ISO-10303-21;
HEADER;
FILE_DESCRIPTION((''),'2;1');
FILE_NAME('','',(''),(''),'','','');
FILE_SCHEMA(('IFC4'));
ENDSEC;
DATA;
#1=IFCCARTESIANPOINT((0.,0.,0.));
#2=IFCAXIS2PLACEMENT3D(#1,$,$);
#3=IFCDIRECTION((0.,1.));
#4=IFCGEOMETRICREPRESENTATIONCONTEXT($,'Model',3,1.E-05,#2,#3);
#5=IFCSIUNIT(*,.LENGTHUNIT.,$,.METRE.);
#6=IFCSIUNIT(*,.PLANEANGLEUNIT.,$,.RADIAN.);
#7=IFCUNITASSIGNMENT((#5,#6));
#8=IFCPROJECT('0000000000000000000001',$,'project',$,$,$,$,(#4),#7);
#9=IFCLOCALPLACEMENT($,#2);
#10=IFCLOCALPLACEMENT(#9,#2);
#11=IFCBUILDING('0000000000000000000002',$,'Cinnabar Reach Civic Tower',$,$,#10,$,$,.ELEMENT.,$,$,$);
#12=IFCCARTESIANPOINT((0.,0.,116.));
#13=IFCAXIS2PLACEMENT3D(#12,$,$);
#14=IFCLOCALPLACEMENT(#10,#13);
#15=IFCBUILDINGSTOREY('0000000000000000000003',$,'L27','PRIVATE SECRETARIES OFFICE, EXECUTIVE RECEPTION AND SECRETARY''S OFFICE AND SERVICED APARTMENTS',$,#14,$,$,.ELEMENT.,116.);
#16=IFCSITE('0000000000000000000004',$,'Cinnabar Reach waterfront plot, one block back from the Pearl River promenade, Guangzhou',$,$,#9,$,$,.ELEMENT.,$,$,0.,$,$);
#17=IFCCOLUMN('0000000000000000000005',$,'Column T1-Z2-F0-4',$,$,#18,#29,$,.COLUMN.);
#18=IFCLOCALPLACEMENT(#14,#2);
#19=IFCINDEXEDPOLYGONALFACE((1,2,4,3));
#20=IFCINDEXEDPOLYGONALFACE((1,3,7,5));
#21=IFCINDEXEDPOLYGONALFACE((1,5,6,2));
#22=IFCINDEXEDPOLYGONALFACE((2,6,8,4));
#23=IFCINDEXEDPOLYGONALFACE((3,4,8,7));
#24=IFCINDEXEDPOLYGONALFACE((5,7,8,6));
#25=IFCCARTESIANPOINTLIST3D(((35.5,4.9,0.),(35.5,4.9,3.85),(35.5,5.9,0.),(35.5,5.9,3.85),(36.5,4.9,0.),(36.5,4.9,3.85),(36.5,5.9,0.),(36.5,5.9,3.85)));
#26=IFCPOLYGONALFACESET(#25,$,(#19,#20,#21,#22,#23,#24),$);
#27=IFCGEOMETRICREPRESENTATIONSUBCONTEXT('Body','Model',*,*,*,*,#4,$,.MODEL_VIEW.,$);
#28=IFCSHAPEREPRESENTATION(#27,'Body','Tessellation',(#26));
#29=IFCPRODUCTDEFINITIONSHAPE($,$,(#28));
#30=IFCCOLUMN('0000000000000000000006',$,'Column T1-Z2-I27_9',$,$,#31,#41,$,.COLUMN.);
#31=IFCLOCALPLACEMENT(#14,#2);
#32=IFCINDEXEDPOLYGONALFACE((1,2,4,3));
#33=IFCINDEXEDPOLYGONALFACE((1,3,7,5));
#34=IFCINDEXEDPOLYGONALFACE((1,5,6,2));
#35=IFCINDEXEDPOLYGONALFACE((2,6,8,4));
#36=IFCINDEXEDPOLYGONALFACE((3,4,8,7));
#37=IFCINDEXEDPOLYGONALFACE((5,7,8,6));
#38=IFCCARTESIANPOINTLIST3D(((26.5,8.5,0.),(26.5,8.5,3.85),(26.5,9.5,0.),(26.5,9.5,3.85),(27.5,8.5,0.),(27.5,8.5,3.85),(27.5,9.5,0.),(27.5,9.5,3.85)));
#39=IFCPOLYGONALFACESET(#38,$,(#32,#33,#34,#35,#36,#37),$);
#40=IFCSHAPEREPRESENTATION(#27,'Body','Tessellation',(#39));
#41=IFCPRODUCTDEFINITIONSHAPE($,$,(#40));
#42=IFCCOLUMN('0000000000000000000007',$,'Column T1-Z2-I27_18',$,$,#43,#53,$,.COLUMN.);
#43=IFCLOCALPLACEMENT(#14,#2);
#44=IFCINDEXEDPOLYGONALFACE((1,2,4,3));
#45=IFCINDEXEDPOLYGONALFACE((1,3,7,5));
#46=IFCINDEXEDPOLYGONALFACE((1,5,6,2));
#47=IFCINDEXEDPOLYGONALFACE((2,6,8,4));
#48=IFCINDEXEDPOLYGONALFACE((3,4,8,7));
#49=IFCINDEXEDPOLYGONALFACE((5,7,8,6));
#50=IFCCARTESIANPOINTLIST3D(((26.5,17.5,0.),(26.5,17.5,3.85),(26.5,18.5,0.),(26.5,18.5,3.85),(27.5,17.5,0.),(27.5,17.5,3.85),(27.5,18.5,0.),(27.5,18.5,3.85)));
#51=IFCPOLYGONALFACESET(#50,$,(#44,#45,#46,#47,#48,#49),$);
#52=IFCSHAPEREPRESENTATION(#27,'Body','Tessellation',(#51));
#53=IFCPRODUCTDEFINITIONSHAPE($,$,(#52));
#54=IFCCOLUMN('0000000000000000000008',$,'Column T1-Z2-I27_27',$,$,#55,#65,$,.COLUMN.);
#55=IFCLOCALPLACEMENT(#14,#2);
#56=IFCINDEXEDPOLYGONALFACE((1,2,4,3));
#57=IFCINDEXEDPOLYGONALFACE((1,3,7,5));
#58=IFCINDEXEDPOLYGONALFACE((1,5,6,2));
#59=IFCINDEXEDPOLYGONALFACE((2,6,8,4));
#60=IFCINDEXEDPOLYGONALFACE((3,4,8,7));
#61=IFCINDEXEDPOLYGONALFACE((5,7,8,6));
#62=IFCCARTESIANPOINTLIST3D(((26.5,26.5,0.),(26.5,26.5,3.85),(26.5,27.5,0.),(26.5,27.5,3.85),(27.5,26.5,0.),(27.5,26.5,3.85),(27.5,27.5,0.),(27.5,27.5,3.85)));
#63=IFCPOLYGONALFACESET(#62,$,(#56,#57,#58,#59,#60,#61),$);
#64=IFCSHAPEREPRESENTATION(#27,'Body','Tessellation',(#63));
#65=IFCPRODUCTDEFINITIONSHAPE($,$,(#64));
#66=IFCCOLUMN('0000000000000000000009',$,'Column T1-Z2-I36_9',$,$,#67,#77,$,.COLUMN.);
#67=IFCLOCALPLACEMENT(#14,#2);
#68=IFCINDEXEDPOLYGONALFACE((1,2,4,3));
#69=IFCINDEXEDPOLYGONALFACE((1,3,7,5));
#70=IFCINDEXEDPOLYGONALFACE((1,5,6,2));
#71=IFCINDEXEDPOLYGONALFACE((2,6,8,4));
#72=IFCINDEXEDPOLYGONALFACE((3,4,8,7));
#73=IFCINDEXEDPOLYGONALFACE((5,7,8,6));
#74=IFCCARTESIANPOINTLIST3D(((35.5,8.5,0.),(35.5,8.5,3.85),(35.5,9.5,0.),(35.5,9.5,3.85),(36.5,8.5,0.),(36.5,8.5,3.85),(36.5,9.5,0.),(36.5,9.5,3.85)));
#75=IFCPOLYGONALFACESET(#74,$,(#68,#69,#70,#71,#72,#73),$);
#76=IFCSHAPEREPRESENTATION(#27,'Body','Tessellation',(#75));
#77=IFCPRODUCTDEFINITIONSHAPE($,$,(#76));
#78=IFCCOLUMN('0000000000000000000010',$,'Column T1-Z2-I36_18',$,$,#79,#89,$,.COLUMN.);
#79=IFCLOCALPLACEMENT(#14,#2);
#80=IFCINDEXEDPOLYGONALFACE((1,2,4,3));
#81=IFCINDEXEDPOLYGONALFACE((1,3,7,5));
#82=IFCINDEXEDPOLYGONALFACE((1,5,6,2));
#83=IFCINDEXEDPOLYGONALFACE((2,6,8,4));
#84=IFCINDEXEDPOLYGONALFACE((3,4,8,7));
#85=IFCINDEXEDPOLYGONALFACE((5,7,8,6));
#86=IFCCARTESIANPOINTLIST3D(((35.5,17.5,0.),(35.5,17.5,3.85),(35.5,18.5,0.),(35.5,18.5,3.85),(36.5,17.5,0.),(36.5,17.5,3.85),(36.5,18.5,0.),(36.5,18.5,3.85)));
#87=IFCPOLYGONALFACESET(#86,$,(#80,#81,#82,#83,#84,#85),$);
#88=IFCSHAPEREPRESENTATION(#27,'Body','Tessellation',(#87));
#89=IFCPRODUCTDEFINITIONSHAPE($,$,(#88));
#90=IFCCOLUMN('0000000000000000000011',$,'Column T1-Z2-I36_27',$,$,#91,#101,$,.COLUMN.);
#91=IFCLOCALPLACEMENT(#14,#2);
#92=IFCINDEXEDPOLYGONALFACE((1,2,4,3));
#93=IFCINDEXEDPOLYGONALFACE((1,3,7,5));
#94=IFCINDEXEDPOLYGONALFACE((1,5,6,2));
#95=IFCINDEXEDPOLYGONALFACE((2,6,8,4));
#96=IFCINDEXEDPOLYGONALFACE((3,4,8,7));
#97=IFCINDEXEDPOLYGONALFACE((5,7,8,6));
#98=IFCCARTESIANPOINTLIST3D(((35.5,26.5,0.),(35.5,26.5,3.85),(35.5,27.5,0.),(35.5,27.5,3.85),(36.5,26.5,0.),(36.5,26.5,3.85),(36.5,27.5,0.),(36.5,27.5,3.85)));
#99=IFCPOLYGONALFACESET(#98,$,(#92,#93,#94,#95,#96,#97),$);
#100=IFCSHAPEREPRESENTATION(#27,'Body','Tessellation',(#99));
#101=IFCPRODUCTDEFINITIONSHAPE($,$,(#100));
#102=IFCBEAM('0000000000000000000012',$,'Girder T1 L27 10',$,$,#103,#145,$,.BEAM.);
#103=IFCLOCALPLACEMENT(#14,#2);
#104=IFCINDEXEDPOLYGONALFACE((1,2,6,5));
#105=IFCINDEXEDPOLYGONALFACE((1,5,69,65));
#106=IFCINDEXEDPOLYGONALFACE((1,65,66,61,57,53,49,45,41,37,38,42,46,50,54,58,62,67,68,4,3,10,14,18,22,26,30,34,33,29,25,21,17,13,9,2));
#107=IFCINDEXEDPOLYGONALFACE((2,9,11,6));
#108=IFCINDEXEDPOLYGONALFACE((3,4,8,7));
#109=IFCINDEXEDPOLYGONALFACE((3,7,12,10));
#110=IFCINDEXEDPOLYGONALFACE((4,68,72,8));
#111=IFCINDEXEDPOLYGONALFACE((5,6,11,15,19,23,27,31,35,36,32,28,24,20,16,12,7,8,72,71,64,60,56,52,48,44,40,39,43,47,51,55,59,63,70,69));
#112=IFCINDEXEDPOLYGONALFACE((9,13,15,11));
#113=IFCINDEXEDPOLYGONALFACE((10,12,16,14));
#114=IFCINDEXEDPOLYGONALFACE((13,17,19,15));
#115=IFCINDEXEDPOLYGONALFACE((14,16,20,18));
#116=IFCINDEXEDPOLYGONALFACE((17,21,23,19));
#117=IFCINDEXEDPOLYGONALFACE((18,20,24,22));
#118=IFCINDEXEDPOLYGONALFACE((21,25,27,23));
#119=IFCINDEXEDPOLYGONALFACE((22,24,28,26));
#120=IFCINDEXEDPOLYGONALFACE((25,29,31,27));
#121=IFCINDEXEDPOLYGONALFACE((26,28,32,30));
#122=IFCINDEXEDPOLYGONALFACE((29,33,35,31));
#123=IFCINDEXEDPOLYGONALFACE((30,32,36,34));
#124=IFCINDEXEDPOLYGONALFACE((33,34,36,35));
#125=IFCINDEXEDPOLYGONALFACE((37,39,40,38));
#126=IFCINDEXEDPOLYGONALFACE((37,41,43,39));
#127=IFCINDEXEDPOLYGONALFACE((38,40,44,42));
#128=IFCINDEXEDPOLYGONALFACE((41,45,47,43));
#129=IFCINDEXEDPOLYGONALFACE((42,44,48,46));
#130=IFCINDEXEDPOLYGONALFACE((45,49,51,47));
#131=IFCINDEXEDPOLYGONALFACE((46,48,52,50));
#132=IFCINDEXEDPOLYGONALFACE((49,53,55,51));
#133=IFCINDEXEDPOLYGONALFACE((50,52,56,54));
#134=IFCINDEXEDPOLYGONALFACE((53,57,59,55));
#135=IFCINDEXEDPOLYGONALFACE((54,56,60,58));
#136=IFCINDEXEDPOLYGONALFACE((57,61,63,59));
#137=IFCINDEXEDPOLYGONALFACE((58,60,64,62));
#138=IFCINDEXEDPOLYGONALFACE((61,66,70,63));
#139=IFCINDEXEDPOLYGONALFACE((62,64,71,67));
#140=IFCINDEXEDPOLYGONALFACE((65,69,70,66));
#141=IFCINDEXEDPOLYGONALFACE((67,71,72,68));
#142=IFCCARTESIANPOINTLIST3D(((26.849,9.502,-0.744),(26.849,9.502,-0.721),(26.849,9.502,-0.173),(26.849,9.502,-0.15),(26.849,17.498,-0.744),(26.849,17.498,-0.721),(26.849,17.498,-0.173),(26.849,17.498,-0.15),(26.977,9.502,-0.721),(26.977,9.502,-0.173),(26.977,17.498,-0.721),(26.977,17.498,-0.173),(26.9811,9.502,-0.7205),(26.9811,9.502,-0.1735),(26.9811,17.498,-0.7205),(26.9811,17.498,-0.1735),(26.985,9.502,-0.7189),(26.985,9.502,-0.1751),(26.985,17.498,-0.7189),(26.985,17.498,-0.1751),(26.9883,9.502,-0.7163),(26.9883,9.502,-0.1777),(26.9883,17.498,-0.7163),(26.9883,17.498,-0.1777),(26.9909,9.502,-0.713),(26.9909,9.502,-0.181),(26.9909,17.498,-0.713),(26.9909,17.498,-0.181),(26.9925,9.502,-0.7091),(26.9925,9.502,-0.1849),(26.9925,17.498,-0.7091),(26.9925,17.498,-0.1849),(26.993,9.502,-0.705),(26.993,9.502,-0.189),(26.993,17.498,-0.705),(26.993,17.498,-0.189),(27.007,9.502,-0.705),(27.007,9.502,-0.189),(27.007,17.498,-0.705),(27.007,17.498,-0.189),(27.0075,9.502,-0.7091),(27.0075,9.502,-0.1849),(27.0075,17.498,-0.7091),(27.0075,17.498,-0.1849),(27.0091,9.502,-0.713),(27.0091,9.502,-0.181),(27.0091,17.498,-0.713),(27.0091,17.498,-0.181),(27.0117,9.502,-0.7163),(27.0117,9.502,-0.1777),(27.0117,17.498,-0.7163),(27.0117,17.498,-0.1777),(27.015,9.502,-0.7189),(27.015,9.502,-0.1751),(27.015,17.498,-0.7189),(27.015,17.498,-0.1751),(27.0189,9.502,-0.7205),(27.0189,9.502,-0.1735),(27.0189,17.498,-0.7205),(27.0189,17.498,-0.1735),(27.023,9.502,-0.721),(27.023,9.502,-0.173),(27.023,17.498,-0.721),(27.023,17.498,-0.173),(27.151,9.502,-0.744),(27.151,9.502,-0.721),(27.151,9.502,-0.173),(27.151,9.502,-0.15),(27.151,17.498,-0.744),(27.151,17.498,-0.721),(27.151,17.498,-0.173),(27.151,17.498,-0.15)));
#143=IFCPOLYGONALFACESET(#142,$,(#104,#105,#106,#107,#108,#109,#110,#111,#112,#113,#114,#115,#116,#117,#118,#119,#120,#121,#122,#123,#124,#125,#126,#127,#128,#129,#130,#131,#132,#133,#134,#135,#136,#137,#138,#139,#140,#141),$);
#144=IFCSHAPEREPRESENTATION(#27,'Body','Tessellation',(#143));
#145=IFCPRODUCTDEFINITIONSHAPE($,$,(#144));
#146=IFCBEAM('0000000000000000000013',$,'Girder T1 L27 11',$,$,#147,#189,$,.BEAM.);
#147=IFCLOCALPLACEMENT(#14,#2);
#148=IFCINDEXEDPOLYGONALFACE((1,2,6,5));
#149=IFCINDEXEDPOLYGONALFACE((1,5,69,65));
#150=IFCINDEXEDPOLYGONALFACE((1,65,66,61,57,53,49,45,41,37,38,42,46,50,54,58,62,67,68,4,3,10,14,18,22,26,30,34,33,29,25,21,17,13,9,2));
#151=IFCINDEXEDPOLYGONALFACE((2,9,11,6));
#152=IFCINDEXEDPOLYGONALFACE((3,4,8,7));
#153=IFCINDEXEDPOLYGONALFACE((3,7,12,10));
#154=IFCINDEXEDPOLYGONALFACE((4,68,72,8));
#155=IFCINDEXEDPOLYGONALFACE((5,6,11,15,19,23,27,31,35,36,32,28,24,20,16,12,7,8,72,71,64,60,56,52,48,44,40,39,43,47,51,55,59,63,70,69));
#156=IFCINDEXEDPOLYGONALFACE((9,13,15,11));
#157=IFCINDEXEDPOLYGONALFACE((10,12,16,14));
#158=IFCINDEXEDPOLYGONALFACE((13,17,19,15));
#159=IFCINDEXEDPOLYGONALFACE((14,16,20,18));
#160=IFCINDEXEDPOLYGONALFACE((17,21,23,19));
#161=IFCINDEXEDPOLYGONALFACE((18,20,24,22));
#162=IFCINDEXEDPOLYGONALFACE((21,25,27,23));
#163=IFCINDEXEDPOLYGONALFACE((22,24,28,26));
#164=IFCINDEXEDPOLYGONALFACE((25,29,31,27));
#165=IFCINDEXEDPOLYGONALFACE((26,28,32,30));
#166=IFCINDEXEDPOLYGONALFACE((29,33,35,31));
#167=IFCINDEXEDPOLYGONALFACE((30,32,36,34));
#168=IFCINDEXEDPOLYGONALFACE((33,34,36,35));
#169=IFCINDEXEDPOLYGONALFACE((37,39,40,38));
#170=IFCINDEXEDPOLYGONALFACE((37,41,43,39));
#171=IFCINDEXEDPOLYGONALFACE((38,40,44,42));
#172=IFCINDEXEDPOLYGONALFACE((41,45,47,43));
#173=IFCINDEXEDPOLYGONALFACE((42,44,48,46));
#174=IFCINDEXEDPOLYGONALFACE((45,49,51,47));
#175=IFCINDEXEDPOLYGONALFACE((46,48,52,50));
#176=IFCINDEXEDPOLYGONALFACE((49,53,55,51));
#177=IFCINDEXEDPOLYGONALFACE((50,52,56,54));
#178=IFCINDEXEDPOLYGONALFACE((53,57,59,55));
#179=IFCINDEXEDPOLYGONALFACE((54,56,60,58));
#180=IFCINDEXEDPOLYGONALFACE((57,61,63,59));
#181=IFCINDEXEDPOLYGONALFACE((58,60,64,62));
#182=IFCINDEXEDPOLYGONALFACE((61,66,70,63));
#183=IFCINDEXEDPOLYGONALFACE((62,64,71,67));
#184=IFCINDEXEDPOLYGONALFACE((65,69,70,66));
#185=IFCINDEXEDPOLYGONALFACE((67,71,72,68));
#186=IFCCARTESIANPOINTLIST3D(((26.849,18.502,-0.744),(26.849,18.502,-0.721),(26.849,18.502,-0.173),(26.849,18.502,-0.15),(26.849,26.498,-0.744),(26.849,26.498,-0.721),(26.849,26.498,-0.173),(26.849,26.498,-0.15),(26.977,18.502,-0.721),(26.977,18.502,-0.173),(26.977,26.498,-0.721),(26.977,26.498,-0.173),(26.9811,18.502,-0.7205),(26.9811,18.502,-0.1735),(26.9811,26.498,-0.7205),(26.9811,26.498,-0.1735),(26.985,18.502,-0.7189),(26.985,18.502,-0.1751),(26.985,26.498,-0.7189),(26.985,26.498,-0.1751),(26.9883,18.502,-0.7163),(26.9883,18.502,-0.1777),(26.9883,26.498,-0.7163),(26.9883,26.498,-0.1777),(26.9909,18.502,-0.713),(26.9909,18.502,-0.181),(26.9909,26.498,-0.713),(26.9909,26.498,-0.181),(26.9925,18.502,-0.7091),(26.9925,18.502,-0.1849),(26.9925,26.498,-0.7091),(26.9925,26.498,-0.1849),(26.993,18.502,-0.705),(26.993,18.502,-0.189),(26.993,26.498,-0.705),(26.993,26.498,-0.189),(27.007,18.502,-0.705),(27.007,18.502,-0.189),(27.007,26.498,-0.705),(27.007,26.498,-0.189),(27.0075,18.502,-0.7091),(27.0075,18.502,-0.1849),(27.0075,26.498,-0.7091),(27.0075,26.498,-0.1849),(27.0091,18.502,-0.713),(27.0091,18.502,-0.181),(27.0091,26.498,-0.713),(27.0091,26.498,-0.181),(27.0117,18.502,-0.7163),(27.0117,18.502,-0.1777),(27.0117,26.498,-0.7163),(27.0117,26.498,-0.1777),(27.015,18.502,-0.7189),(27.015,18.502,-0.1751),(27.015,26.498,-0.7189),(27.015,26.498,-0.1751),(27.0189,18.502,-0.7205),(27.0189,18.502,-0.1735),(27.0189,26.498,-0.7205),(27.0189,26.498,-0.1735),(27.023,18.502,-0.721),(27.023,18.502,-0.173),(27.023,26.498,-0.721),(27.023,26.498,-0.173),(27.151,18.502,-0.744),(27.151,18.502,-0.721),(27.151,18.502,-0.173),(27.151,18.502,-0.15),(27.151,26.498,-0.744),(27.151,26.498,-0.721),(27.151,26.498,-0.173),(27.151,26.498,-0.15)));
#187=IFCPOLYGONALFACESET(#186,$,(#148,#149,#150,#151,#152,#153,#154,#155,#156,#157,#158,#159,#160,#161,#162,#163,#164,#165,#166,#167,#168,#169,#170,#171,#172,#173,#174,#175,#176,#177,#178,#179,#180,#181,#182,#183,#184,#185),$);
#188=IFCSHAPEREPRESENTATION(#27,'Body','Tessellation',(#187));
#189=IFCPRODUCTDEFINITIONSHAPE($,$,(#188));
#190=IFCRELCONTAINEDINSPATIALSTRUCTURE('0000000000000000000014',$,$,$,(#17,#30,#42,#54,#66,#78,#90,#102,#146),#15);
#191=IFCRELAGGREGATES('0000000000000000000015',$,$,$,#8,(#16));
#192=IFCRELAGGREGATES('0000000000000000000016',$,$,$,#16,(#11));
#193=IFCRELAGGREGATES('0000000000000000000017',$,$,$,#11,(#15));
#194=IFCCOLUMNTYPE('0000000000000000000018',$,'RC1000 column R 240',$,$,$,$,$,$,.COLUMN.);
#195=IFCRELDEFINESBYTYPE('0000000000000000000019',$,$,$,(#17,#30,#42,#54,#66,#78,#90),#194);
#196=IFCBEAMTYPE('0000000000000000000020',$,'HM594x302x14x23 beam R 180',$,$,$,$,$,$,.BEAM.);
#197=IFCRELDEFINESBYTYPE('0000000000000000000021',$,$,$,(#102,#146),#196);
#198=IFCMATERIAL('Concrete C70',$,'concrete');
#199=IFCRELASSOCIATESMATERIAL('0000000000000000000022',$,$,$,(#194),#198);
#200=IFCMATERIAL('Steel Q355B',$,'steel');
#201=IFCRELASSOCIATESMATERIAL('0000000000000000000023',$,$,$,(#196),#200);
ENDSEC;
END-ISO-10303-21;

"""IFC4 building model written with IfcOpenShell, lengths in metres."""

from ifc_helpers import new_model, si_unit, direction, frame, origin, origin_2d, place, context, subcontext, project, spatial, rectangle, i_section, extrude, material, material_profile, profile_set, type_object, element, save


model = new_model("IFC4")

# Units and contexts
model_context = context("Model", 3, precision=1e-05, world=origin(), true_north=direction((0.0, 1.0)))
body_context = subcontext(model_context, "Body", "Model", "MODEL_VIEW")
ifc_project = project(units=[si_unit("LENGTHUNIT", "METRE"), si_unit("PLANEANGLEUNIT", "RADIAN")], contexts=[model_context])

# Site, building, storey
site_placement = place(None, origin())
site = spatial("IfcSite", under=ifc_project, at=site_placement, Name="Cinnabar Reach waterfront plot, one block back from the Pearl River promenade, Guangzhou", CompositionType="ELEMENT", RefElevation=0.0)
building_placement = place(site_placement, origin())
building = spatial("IfcBuilding", under=site, at=building_placement, Name="Cinnabar Reach Civic Tower", CompositionType="ELEMENT")
storey_placement = place(building_placement, frame((0.0, 0.0, 116.0)))
storey = spatial("IfcBuildingStorey", under=building, at=storey_placement, Name="L27", Description="PRIVATE SECRETARIES OFFICE, EXECUTIVE RECEPTION AND SECRETARY'S OFFICE AND SERVICED APARTMENTS", CompositionType="ELEMENT", Elevation=116.0)

# Columns
ifc_material_1 = material(Name="Concrete C70", Category="concrete")
ifc_material_profile_1 = material_profile(ifc_material_1, rectangle(XDim=1.0, YDim=1.0, at=origin_2d()), Name="RC1000")
ifc_profile_set_1 = profile_set([ifc_material_profile_1], Name="Concrete C70")
column_type = type_object("IfcColumnType", Name="RC1000 column R 240", PredefinedType="COLUMN", material=ifc_profile_set_1)
for number, where, z_axis, x_axis, name in (
    (1, (36.0, 5.4, 0.0), (0.0, 0.0, 1.0), (1.0, 0.0, 0.0), "Column T1-Z2-F0-4"),
    (2, (27.0, 9.0, 0.0), (0.0, 0.0, 1.0), (1.0, 0.0, 0.0), "Column T1-Z2-I27_9"),
    (3, (27.0, 18.0, 0.0), (0.0, 0.0, 1.0), (1.0, 0.0, 0.0), "Column T1-Z2-I27_18"),
    (4, (27.0, 27.0, 0.0), (0.0, 0.0, 1.0), (1.0, 0.0, 0.0), "Column T1-Z2-I27_27"),
    (5, (36.0, 9.0, 0.0), (0.0, 0.0, 1.0), (1.0, 0.0, 0.0), "Column T1-Z2-I36_9"),
    (6, (36.0, 18.0, 0.0), (0.0, 0.0, 1.0), (1.0, 0.0, 0.0), "Column T1-Z2-I36_18"),
    (7, (36.0, 27.0, 0.0), (0.0, 0.0, 1.0), (1.0, 0.0, 0.0), "Column T1-Z2-I36_27"),
):
    element("IfcColumn", number, at=place(storey_placement, frame(where, z_axis=z_axis, x_axis=x_axis)), inside=storey, type_object=column_type, Name=name, PredefinedType="COLUMN", context=body_context, shape_type="SweptSolid", body=[
        extrude(rectangle(XDim=1.0, YDim=1.0, at=origin_2d()), origin(), (0.0, 0.0, 1.0), 3.85),
    ])

# Beams
ifc_material_2 = material(Name="Steel Q355B", Category="steel")
ifc_material_profile_2 = material_profile(ifc_material_2, i_section(OverallWidth=0.302, OverallDepth=0.594, WebThickness=0.014, FlangeThickness=0.023, FilletRadius=0.016, at=origin_2d()), Name="HM594x302x14x23")
ifc_profile_set_2 = profile_set([ifc_material_profile_2], Name="Steel Q355B")
beam_type_1 = type_object("IfcBeamType", Name="HM594x302x14x23 beam R 180", PredefinedType="BEAM", material=ifc_profile_set_2)
for number, where, z_axis, x_axis, name in (
    (8, (27.0, 9.502, -0.447), (0.0, 1.0, 0.0), (-1.0, 0.0, 0.0), "Girder T1 L27 10"),
    (9, (27.0, 18.502, -0.447), (0.0, 1.0, 0.0), (-1.0, 0.0, 0.0), "Girder T1 L27 11"),
):
    element("IfcBeam", number, at=place(storey_placement, frame(where, z_axis=z_axis, x_axis=x_axis)), inside=storey, type_object=beam_type_1, Name=name, PredefinedType="BEAM", context=body_context, shape_type="SweptSolid", body=[
        extrude(i_section(OverallWidth=0.302, OverallDepth=0.594, WebThickness=0.014, FlangeThickness=0.023, FilletRadius=0.016, at=origin_2d()), origin(), (0.0, 0.0, 1.0), 7.996),
    ])

save(model, "model.ifc")
